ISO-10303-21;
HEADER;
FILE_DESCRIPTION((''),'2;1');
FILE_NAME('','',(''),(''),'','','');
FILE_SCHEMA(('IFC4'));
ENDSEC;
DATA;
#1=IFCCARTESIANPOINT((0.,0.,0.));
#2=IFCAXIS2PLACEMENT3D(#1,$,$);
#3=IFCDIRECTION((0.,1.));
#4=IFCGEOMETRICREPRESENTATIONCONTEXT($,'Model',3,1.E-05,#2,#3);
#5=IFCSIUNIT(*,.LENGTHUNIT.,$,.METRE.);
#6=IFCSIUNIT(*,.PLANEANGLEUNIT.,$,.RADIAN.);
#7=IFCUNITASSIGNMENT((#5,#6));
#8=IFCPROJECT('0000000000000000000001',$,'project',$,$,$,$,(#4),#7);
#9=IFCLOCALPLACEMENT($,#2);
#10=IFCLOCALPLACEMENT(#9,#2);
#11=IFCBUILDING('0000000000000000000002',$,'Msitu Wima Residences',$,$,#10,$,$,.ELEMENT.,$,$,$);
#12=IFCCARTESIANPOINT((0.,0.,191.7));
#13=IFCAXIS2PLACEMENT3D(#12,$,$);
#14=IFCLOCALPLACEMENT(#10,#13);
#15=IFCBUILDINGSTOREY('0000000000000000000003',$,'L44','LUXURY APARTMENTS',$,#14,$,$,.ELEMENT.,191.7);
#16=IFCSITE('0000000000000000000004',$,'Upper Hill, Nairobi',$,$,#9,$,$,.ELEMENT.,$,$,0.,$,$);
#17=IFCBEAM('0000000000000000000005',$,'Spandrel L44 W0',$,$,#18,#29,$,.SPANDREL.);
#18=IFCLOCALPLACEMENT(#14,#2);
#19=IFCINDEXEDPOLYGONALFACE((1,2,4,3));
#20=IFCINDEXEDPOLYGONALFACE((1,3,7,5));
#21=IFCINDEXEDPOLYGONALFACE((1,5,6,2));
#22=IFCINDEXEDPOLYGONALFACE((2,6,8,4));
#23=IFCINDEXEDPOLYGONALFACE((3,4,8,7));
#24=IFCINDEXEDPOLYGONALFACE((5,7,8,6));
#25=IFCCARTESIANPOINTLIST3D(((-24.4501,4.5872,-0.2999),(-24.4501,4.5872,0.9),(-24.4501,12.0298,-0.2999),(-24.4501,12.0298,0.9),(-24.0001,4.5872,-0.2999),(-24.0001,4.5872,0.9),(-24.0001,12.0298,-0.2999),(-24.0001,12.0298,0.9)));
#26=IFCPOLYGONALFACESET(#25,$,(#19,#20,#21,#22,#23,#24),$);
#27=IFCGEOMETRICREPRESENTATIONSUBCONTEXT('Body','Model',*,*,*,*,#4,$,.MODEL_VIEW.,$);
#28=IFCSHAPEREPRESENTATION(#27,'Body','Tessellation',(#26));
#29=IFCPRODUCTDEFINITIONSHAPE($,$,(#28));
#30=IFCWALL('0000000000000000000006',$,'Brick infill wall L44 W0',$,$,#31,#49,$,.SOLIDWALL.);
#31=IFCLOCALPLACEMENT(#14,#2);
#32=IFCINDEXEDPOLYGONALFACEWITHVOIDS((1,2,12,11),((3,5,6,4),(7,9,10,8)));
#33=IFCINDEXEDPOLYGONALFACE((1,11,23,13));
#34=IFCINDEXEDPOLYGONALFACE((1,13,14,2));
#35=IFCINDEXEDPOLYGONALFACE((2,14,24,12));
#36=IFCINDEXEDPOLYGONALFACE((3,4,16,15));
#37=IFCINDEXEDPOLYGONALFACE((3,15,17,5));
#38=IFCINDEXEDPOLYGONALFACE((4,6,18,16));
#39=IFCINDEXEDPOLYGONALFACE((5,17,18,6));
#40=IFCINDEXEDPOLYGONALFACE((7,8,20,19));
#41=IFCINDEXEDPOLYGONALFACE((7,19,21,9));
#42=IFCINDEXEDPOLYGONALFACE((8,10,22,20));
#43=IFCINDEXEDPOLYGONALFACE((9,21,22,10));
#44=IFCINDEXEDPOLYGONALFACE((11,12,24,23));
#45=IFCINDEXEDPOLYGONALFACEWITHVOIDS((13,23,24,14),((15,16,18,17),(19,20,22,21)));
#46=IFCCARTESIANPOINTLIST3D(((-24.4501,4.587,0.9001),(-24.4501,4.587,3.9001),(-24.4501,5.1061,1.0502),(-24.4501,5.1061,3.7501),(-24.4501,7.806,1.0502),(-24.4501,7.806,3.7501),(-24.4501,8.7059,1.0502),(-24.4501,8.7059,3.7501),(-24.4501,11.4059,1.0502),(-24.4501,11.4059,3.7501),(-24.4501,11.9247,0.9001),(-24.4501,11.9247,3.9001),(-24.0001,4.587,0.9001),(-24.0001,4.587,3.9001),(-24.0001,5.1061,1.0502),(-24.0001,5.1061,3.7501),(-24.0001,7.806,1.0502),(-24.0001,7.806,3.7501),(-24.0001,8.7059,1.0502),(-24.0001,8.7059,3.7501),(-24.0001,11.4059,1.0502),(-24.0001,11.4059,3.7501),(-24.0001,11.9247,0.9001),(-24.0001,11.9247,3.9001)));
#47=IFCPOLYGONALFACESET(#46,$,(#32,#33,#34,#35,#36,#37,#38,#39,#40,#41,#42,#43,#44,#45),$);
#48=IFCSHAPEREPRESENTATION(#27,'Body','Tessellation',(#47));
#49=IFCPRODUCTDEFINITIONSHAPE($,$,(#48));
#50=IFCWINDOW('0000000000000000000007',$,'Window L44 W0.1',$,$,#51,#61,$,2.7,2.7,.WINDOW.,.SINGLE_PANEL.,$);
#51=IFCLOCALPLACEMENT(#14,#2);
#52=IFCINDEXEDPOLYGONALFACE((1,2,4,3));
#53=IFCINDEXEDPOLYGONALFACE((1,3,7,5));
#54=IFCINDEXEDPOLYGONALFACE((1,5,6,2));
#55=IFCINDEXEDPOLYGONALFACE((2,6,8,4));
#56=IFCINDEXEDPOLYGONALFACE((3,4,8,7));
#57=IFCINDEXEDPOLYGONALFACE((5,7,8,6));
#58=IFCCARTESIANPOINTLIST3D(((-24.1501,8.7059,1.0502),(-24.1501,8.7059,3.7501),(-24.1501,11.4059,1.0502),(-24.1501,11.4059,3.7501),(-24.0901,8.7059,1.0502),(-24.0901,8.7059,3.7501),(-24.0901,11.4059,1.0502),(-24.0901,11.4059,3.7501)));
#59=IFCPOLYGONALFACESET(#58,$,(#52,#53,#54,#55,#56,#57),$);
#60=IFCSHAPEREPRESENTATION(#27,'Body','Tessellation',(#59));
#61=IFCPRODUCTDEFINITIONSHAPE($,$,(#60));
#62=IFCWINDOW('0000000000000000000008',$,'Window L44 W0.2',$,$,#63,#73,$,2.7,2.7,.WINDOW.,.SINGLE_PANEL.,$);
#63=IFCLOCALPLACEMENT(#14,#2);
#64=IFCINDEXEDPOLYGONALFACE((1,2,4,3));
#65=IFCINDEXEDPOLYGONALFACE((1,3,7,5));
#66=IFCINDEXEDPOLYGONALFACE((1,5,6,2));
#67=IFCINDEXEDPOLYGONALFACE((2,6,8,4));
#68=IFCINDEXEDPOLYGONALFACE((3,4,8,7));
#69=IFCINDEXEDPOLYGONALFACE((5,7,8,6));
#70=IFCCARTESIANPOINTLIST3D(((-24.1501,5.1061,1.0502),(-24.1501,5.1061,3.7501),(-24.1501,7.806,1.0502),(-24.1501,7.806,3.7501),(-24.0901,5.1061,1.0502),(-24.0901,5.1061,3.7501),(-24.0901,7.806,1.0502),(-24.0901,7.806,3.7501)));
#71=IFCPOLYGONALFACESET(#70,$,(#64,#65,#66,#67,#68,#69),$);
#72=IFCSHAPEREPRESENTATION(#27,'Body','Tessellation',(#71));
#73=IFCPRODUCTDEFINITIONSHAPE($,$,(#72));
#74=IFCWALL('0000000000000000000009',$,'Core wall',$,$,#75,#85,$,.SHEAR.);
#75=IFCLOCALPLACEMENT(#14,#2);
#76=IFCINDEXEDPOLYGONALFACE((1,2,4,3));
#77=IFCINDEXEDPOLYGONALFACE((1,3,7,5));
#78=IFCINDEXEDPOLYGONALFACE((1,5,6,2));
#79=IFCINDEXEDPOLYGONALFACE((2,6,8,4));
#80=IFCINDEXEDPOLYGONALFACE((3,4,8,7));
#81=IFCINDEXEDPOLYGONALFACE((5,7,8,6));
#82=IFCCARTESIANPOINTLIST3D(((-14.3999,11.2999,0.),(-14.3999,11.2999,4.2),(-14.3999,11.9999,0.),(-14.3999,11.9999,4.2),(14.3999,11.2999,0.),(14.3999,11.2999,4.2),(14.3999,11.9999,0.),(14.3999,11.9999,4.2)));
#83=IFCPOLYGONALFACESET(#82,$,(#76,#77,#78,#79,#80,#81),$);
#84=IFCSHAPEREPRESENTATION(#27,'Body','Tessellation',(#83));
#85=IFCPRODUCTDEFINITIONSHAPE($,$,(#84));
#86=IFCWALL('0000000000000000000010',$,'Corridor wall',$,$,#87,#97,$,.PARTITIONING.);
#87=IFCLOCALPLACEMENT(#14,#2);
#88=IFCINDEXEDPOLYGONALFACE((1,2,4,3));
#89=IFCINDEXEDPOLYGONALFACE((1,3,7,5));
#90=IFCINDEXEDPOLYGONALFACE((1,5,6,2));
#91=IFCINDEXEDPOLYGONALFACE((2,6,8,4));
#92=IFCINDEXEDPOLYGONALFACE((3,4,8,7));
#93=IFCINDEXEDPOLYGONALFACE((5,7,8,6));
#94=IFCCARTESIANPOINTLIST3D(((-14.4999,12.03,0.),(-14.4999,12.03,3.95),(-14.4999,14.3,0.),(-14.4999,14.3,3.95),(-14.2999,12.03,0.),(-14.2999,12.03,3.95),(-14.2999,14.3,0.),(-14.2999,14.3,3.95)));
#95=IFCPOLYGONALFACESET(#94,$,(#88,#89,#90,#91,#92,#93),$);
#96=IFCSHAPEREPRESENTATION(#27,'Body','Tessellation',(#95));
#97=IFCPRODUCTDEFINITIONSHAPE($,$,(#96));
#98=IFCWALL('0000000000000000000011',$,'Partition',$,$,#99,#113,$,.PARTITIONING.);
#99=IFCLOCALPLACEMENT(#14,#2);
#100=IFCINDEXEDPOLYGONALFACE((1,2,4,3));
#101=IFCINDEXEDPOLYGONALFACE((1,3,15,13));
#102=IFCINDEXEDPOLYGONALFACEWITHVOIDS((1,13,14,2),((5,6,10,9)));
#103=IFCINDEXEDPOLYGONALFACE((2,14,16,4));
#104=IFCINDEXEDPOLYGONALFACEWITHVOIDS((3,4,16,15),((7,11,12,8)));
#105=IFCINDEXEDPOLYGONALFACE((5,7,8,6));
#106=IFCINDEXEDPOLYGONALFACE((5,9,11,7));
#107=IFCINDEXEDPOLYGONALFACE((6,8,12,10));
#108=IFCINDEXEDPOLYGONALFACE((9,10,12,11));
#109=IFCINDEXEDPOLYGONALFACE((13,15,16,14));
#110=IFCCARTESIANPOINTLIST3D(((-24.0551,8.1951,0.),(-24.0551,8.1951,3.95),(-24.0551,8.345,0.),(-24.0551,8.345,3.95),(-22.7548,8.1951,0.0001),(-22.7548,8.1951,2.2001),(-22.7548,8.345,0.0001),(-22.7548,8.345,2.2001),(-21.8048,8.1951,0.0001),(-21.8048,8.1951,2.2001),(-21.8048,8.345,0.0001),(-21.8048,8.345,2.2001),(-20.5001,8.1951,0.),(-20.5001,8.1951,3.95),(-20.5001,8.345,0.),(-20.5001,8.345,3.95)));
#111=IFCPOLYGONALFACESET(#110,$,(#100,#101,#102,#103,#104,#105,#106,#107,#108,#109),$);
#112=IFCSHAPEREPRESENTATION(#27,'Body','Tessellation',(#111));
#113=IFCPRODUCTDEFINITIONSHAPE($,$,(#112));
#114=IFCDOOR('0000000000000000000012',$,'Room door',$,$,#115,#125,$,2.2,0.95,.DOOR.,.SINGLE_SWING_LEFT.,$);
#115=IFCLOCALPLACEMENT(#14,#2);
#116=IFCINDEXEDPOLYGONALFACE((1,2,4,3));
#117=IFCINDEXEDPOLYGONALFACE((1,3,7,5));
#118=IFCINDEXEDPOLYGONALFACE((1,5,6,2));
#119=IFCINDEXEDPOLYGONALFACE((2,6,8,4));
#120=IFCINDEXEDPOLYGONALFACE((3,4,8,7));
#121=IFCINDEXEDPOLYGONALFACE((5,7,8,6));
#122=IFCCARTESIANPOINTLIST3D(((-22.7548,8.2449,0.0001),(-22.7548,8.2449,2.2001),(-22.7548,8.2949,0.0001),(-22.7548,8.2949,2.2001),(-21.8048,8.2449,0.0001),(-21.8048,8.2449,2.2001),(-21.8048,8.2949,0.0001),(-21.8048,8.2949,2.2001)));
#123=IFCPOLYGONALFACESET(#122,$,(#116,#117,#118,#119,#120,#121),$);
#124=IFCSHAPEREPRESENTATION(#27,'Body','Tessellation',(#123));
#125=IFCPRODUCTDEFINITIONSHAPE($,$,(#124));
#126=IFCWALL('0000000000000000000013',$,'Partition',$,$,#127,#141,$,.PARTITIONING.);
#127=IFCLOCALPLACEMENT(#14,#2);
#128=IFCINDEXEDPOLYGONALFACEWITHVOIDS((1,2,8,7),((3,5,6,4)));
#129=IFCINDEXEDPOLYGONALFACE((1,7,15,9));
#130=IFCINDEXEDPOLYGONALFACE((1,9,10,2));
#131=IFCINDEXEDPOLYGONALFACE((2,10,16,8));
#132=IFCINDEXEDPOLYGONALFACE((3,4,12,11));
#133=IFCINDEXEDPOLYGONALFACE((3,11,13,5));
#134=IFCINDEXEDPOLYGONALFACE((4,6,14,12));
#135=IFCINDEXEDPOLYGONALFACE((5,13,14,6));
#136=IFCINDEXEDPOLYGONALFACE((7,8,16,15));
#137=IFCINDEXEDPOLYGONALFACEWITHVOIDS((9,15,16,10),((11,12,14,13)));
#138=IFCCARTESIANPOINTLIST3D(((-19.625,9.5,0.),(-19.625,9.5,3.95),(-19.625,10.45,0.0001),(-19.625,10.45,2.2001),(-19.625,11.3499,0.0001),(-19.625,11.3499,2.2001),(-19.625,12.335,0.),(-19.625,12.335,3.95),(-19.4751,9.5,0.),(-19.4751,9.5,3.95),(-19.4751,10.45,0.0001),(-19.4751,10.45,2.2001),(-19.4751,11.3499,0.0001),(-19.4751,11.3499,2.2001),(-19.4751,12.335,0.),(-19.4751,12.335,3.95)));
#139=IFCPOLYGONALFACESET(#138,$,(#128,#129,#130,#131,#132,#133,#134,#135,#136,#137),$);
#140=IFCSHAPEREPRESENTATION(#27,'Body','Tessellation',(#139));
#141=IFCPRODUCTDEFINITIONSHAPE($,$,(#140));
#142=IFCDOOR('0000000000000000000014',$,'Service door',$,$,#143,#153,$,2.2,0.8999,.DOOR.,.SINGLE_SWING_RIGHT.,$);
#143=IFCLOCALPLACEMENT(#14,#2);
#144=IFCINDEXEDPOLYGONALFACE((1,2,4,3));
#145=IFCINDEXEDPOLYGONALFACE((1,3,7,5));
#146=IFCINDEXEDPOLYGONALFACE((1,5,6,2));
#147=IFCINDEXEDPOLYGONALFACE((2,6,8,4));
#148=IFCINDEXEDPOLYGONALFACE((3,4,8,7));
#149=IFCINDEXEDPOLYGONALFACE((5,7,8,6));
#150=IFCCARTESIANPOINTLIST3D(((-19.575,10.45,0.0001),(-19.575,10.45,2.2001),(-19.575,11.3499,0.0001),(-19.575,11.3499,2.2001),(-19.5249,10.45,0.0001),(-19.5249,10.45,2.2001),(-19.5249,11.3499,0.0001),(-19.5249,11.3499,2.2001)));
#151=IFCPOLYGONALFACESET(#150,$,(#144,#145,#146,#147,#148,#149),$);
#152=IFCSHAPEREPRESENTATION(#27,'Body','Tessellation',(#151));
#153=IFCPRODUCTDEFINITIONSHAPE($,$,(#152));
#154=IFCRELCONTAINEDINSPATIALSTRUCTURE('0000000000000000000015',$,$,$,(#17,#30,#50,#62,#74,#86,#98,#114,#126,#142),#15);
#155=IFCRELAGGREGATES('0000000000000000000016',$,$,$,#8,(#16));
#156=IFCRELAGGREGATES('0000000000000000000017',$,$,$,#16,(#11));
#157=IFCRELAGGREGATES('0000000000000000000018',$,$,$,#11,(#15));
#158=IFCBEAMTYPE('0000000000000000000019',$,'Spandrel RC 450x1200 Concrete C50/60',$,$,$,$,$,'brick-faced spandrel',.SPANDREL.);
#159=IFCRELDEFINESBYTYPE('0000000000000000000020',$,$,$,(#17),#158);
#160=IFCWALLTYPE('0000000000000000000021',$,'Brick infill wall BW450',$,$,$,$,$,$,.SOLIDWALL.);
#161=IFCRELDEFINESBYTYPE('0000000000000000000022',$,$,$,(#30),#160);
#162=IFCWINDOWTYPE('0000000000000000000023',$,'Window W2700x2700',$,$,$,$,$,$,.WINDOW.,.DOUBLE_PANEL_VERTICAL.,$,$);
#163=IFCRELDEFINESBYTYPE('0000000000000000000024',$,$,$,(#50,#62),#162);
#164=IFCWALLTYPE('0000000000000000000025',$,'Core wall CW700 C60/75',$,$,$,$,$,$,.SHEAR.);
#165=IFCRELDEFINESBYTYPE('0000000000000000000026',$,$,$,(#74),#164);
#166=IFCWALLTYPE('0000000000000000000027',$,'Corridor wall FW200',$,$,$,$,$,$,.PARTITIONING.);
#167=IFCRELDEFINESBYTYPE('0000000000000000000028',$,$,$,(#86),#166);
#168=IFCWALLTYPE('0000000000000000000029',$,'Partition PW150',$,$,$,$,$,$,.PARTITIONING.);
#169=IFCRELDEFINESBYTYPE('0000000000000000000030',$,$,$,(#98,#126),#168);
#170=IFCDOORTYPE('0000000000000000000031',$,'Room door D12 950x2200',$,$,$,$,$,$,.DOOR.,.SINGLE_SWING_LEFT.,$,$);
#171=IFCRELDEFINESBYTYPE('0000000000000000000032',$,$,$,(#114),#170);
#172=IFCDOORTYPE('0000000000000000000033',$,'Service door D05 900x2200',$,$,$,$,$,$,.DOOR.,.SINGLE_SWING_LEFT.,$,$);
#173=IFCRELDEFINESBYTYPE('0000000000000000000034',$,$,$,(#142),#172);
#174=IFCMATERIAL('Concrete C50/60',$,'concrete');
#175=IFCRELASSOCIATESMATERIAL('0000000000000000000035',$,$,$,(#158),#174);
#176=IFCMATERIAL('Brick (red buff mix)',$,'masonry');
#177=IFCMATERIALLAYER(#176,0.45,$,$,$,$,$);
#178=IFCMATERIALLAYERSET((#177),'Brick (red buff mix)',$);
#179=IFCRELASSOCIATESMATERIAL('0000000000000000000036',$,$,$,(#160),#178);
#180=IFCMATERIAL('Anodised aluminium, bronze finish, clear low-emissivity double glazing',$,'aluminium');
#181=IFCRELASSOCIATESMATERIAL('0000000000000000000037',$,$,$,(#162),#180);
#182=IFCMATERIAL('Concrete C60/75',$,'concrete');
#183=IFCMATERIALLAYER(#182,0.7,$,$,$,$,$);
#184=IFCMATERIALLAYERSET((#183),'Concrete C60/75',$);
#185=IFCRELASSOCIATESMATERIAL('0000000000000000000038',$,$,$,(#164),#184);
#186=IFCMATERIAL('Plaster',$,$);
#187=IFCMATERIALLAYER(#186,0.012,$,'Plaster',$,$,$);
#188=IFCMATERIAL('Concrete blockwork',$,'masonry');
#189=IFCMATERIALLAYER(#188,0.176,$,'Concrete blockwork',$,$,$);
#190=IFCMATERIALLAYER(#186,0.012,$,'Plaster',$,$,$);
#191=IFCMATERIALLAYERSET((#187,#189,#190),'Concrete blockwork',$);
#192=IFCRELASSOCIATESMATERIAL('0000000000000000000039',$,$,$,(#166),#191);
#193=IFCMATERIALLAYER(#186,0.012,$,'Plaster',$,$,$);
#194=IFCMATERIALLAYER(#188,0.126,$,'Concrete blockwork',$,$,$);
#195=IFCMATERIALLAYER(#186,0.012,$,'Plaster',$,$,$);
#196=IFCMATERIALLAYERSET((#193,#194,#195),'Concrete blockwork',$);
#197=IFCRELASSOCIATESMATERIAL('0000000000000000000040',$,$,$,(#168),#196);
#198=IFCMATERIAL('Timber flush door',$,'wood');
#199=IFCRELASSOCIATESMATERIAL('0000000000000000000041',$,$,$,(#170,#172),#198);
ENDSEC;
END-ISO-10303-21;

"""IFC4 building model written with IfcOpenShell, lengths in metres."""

from ifc_helpers import new_model, si_unit, direction, frame, frame_2d, origin, origin_2d, place, context, subcontext, project, spatial, rectangle, extrude, material, layer, layer_set, material_profile, profile_set, type_object, element, fill, save


model = new_model("IFC4")

# Units and contexts
model_context = context("Model", 3, precision=1e-05, world=origin(), true_north=direction((0.0, 1.0)))
body_context = subcontext(model_context, "Body", "Model", "MODEL_VIEW")
ifc_project = project(units=[si_unit("LENGTHUNIT", "METRE"), si_unit("PLANEANGLEUNIT", "RADIAN")], contexts=[model_context])

# Site, building, storey
site_placement = place(None, origin())
site = spatial("IfcSite", under=ifc_project, at=site_placement, Name="Upper Hill, Nairobi", CompositionType="ELEMENT", RefElevation=0.0)
building_placement = place(site_placement, origin())
building = spatial("IfcBuilding", under=site, at=building_placement, Name="Msitu Wima Residences", CompositionType="ELEMENT")
storey_placement = place(building_placement, frame((0.0, 0.0, 191.7)))
storey = spatial("IfcBuildingStorey", under=building, at=storey_placement, Name="L44", Description="LUXURY APARTMENTS", CompositionType="ELEMENT", Elevation=191.7)

# Beam
ifc_material_1 = material(Name="Concrete C50/60", Category="concrete")
ifc_material_profile = material_profile(ifc_material_1, rectangle(XDim=0.45, YDim=1.2, at=origin_2d()), Name="RC 450x1200")
ifc_profile_set = profile_set([ifc_material_profile], Name="Concrete C50/60")
beam_type = type_object("IfcBeamType", Name="Spandrel RC 450x1200 Concrete C50/60", ElementType="brick-faced spandrel", PredefinedType="SPANDREL", material=ifc_profile_set)
beam_placement = place(storey_placement, frame((-24.2251, 12.0298, 0.3), z_axis=(0.0, -1.0, 0.0), x_axis=(1.0, 0.0, 0.0)))
element("IfcBeam", 1, at=beam_placement, inside=storey, type_object=beam_type, Name="Spandrel L44 W0", PredefinedType="SPANDREL", context=body_context, shape_type="SweptSolid", body=[
    extrude(rectangle(XDim=0.45, YDim=1.2, at=origin_2d()), origin(), (0.0, 0.0, 1.0), 7.4426),
])

# Wall, openings, windows
ifc_material_2 = material(Name="Brick (red buff mix)", Category="masonry")
ifc_layer_1 = layer(ifc_material_2, 0.45)
ifc_layer_set_1 = layer_set([ifc_layer_1], Name="Brick (red buff mix)")
wall_type_1 = type_object("IfcWallType", Name="Brick infill wall BW450", PredefinedType="SOLIDWALL", material=ifc_layer_set_1)
wall_1_placement = place(storey_placement, frame((-24.2251, 11.9248, 0.9001), z_axis=(0.0, 0.0, 1.0), x_axis=(0.0, -1.0, 0.0)))
wall_1 = element("IfcWall", 2, at=wall_1_placement, inside=storey, type_object=wall_type_1, Name="Brick infill wall L44 W0", PredefinedType="SOLIDWALL", context=body_context, shape_type="SweptSolid", body=[
    extrude(rectangle(XDim=7.3376, YDim=0.45, at=frame_2d((3.6689, 0.0))), origin(), (0.0, 0.0, 1.0), 3.0),
])
opening_1_placement = place(wall_1_placement, frame((0.5188, 0.0, 0.1499)))
opening_1 = element("IfcOpeningElement", 3, at=opening_1_placement, cuts=wall_1, PredefinedType="OPENING", context=body_context, shape_type="SweptSolid", body=[
    extrude(rectangle(XDim=2.7, YDim=2.7, at=frame_2d((1.3501, 1.3501))), frame((0.0, 0.2349, 0.0), z_axis=(0.0, -1.0, 0.0), x_axis=(1.0, 0.0, 0.0)), (0.0, 0.0, 1.0), 0.47),
])
opening_2_placement = place(wall_1_placement, frame((4.1187, 0.0, 0.1499)))
opening_2 = element("IfcOpeningElement", 4, at=opening_2_placement, cuts=wall_1, PredefinedType="OPENING", context=body_context, shape_type="SweptSolid", body=[
    extrude(rectangle(XDim=2.7, YDim=2.7, at=frame_2d((1.3501, 1.3501))), frame((0.0, 0.2349, 0.0), z_axis=(0.0, -1.0, 0.0), x_axis=(1.0, 0.0, 0.0)), (0.0, 0.0, 1.0), 0.47),
])
ifc_material_3 = material(Name="Anodised aluminium, bronze finish, clear low-emissivity double glazing", Category="aluminium")
window_type = type_object("IfcWindowType", Name="Window W2700x2700", PartitioningType="DOUBLE_PANEL_VERTICAL", PredefinedType="WINDOW", material=ifc_material_3)
window_1_placement = place(opening_1_placement, origin())
window_1 = element("IfcWindow", 5, at=window_1_placement, inside=storey, type_object=window_type, Name="Window L44 W0.1", OverallHeight=2.7, OverallWidth=2.7, PartitioningType="SINGLE_PANEL", PredefinedType="WINDOW", context=body_context, shape_type="SweptSolid", body=[
    extrude(rectangle(XDim=2.7, YDim=2.7, at=frame_2d((1.3501, 1.3501))), frame((0.0, 0.135, 0.0), z_axis=(0.0, -1.0, 0.0), x_axis=(1.0, 0.0, 0.0)), (0.0, 0.0, 1.0), 0.0601),
])
fill(opening_1, window_1)
window_2_placement = place(opening_2_placement, origin())
window_2 = element("IfcWindow", 6, at=window_2_placement, inside=storey, type_object=window_type, Name="Window L44 W0.2", OverallHeight=2.7, OverallWidth=2.7, PartitioningType="SINGLE_PANEL", PredefinedType="WINDOW", context=body_context, shape_type="SweptSolid", body=[
    extrude(rectangle(XDim=2.7, YDim=2.7, at=frame_2d((1.3501, 1.3501))), frame((0.0, 0.135, 0.0), z_axis=(0.0, -1.0, 0.0), x_axis=(1.0, 0.0, 0.0)), (0.0, 0.0, 1.0), 0.0601),
])
fill(opening_2, window_2)

# Walls
ifc_material_4 = material(Name="Concrete C60/75", Category="concrete")
ifc_layer_2 = layer(ifc_material_4, 0.7)
ifc_layer_set_2 = layer_set([ifc_layer_2], Name="Concrete C60/75")
wall_type_2 = type_object("IfcWallType", Name="Core wall CW700 C60/75", PredefinedType="SHEAR", material=ifc_layer_set_2)
wall_2_placement = place(storey_placement, frame((-14.3999, 11.6499, 0.0), z_axis=(0.0, 0.0, 1.0), x_axis=(1.0, 0.0, 0.0)))
element("IfcWall", 7, at=wall_2_placement, inside=storey, type_object=wall_type_2, Name="Core wall", PredefinedType="SHEAR", context=body_context, shape_type="SweptSolid", body=[
    extrude(rectangle(XDim=28.7998, YDim=0.7, at=frame_2d((14.3999, 0.0))), origin(), (0.0, 0.0, 1.0), 4.2),
])
ifc_material_5 = material(Name="Plaster")
ifc_layer_3 = layer(ifc_material_5, 0.012, Name="Plaster")
ifc_material_6 = material(Name="Concrete blockwork", Category="masonry")
ifc_layer_4 = layer(ifc_material_6, 0.176, Name="Concrete blockwork")
ifc_layer_5 = layer(ifc_material_5, 0.012, Name="Plaster")
ifc_layer_set_3 = layer_set([ifc_layer_3, ifc_layer_4, ifc_layer_5], Name="Concrete blockwork")
wall_type_3 = type_object("IfcWallType", Name="Corridor wall FW200", PredefinedType="PARTITIONING", material=ifc_layer_set_3)
wall_3_placement = place(storey_placement, frame((-14.3999, 12.03, 0.0), z_axis=(0.0, 0.0, 1.0), x_axis=(0.0, 1.0, 0.0)))
element("IfcWall", 8, at=wall_3_placement, inside=storey, type_object=wall_type_3, Name="Corridor wall", PredefinedType="PARTITIONING", context=body_context, shape_type="SweptSolid", body=[
    extrude(rectangle(XDim=2.27, YDim=0.2, at=frame_2d((1.135, 0.0))), origin(), (0.0, 0.0, 1.0), 3.95),
])

# Walls, openings, doors
ifc_layer_6 = layer(ifc_material_5, 0.012, Name="Plaster")
ifc_layer_7 = layer(ifc_material_6, 0.126, Name="Concrete blockwork")
ifc_layer_8 = layer(ifc_material_5, 0.012, Name="Plaster")
ifc_layer_set_4 = layer_set([ifc_layer_6, ifc_layer_7, ifc_layer_8], Name="Concrete blockwork")
wall_type_4 = type_object("IfcWallType", Name="Partition PW150", PredefinedType="PARTITIONING", material=ifc_layer_set_4)
wall_4_placement = place(storey_placement, frame((-24.0549, 8.27, 0.0), z_axis=(0.0, 0.0, 1.0), x_axis=(1.0, 0.0, 0.0)))
wall_4 = element("IfcWall", 9, at=wall_4_placement, inside=storey, type_object=wall_type_4, Name="Partition", PredefinedType="PARTITIONING", context=body_context, shape_type="SweptSolid", body=[
    extrude(rectangle(XDim=3.5549, YDim=0.1499, at=frame_2d((1.7773, 0.0))), origin(), (0.0, 0.0, 1.0), 3.95),
])
opening_3_placement = place(wall_4_placement, frame((1.3, 0.0, 0.0)))
opening_3 = element("IfcOpeningElement", 10, at=opening_3_placement, cuts=wall_4, PredefinedType="OPENING", context=body_context, shape_type="SweptSolid", body=[
    extrude(rectangle(XDim=0.95, YDim=2.2, at=frame_2d((0.4751, 1.1001))), frame((0.0, 0.085, 0.0), z_axis=(0.0, -1.0, 0.0), x_axis=(1.0, 0.0, 0.0)), (0.0, 0.0, 1.0), 0.1699),
])
ifc_material_7 = material(Name="Timber flush door", Category="wood")
door_type_1 = type_object("IfcDoorType", Name="Room door D12 950x2200", OperationType="SINGLE_SWING_LEFT", PredefinedType="DOOR", material=ifc_material_7)
door_1_placement = place(opening_3_placement, origin())
door_1 = element("IfcDoor", 11, at=door_1_placement, inside=storey, type_object=door_type_1, Name="Room door", OperationType="SINGLE_SWING_LEFT", OverallHeight=2.2, OverallWidth=0.95, PredefinedType="DOOR", context=body_context, shape_type="SweptSolid", body=[
    extrude(rectangle(XDim=0.95, YDim=2.2, at=frame_2d((0.4751, 1.1001))), frame((0.0, 0.0249, 0.0), z_axis=(0.0, -1.0, 0.0), x_axis=(1.0, 0.0, 0.0)), (0.0, 0.0, 1.0), 0.05),
])
fill(opening_3, door_1)
wall_5_placement = place(storey_placement, frame((-19.55, 9.5, 0.0), z_axis=(0.0, 0.0, 1.0), x_axis=(0.0, 1.0, 0.0)))
wall_5 = element("IfcWall", 12, at=wall_5_placement, inside=storey, type_object=wall_type_4, Name="Partition", PredefinedType="PARTITIONING", context=body_context, shape_type="SweptSolid", body=[
    extrude(rectangle(XDim=2.835, YDim=0.1499, at=frame_2d((1.4175, 0.0))), origin(), (0.0, 0.0, 1.0), 3.95),
])
opening_4_placement = place(wall_5_placement, frame((0.95, 0.0, 0.0)))
opening_4 = element("IfcOpeningElement", 13, at=opening_4_placement, cuts=wall_5, PredefinedType="OPENING", context=body_context, shape_type="SweptSolid", body=[
    extrude(rectangle(XDim=0.8999, YDim=2.2, at=frame_2d((0.45, 1.1001))), frame((0.0, 0.085, 0.0), z_axis=(0.0, -1.0, 0.0), x_axis=(1.0, 0.0, 0.0)), (0.0, 0.0, 1.0), 0.1699),
])
door_type_2 = type_object("IfcDoorType", Name="Service door D05 900x2200", OperationType="SINGLE_SWING_LEFT", PredefinedType="DOOR", material=ifc_material_7)
door_2_placement = place(opening_4_placement, origin())
door_2 = element("IfcDoor", 14, at=door_2_placement, inside=storey, type_object=door_type_2, Name="Service door", OperationType="SINGLE_SWING_RIGHT", OverallHeight=2.2, OverallWidth=0.8999, PredefinedType="DOOR", context=body_context, shape_type="SweptSolid", body=[
    extrude(rectangle(XDim=0.8999, YDim=2.2, at=frame_2d((0.45, 1.1001))), frame((0.0, 0.0249, 0.0), z_axis=(0.0, -1.0, 0.0), x_axis=(1.0, 0.0, 0.0)), (0.0, 0.0, 1.0), 0.05),
])
fill(opening_4, door_2)

save(model, "model.ifc")
